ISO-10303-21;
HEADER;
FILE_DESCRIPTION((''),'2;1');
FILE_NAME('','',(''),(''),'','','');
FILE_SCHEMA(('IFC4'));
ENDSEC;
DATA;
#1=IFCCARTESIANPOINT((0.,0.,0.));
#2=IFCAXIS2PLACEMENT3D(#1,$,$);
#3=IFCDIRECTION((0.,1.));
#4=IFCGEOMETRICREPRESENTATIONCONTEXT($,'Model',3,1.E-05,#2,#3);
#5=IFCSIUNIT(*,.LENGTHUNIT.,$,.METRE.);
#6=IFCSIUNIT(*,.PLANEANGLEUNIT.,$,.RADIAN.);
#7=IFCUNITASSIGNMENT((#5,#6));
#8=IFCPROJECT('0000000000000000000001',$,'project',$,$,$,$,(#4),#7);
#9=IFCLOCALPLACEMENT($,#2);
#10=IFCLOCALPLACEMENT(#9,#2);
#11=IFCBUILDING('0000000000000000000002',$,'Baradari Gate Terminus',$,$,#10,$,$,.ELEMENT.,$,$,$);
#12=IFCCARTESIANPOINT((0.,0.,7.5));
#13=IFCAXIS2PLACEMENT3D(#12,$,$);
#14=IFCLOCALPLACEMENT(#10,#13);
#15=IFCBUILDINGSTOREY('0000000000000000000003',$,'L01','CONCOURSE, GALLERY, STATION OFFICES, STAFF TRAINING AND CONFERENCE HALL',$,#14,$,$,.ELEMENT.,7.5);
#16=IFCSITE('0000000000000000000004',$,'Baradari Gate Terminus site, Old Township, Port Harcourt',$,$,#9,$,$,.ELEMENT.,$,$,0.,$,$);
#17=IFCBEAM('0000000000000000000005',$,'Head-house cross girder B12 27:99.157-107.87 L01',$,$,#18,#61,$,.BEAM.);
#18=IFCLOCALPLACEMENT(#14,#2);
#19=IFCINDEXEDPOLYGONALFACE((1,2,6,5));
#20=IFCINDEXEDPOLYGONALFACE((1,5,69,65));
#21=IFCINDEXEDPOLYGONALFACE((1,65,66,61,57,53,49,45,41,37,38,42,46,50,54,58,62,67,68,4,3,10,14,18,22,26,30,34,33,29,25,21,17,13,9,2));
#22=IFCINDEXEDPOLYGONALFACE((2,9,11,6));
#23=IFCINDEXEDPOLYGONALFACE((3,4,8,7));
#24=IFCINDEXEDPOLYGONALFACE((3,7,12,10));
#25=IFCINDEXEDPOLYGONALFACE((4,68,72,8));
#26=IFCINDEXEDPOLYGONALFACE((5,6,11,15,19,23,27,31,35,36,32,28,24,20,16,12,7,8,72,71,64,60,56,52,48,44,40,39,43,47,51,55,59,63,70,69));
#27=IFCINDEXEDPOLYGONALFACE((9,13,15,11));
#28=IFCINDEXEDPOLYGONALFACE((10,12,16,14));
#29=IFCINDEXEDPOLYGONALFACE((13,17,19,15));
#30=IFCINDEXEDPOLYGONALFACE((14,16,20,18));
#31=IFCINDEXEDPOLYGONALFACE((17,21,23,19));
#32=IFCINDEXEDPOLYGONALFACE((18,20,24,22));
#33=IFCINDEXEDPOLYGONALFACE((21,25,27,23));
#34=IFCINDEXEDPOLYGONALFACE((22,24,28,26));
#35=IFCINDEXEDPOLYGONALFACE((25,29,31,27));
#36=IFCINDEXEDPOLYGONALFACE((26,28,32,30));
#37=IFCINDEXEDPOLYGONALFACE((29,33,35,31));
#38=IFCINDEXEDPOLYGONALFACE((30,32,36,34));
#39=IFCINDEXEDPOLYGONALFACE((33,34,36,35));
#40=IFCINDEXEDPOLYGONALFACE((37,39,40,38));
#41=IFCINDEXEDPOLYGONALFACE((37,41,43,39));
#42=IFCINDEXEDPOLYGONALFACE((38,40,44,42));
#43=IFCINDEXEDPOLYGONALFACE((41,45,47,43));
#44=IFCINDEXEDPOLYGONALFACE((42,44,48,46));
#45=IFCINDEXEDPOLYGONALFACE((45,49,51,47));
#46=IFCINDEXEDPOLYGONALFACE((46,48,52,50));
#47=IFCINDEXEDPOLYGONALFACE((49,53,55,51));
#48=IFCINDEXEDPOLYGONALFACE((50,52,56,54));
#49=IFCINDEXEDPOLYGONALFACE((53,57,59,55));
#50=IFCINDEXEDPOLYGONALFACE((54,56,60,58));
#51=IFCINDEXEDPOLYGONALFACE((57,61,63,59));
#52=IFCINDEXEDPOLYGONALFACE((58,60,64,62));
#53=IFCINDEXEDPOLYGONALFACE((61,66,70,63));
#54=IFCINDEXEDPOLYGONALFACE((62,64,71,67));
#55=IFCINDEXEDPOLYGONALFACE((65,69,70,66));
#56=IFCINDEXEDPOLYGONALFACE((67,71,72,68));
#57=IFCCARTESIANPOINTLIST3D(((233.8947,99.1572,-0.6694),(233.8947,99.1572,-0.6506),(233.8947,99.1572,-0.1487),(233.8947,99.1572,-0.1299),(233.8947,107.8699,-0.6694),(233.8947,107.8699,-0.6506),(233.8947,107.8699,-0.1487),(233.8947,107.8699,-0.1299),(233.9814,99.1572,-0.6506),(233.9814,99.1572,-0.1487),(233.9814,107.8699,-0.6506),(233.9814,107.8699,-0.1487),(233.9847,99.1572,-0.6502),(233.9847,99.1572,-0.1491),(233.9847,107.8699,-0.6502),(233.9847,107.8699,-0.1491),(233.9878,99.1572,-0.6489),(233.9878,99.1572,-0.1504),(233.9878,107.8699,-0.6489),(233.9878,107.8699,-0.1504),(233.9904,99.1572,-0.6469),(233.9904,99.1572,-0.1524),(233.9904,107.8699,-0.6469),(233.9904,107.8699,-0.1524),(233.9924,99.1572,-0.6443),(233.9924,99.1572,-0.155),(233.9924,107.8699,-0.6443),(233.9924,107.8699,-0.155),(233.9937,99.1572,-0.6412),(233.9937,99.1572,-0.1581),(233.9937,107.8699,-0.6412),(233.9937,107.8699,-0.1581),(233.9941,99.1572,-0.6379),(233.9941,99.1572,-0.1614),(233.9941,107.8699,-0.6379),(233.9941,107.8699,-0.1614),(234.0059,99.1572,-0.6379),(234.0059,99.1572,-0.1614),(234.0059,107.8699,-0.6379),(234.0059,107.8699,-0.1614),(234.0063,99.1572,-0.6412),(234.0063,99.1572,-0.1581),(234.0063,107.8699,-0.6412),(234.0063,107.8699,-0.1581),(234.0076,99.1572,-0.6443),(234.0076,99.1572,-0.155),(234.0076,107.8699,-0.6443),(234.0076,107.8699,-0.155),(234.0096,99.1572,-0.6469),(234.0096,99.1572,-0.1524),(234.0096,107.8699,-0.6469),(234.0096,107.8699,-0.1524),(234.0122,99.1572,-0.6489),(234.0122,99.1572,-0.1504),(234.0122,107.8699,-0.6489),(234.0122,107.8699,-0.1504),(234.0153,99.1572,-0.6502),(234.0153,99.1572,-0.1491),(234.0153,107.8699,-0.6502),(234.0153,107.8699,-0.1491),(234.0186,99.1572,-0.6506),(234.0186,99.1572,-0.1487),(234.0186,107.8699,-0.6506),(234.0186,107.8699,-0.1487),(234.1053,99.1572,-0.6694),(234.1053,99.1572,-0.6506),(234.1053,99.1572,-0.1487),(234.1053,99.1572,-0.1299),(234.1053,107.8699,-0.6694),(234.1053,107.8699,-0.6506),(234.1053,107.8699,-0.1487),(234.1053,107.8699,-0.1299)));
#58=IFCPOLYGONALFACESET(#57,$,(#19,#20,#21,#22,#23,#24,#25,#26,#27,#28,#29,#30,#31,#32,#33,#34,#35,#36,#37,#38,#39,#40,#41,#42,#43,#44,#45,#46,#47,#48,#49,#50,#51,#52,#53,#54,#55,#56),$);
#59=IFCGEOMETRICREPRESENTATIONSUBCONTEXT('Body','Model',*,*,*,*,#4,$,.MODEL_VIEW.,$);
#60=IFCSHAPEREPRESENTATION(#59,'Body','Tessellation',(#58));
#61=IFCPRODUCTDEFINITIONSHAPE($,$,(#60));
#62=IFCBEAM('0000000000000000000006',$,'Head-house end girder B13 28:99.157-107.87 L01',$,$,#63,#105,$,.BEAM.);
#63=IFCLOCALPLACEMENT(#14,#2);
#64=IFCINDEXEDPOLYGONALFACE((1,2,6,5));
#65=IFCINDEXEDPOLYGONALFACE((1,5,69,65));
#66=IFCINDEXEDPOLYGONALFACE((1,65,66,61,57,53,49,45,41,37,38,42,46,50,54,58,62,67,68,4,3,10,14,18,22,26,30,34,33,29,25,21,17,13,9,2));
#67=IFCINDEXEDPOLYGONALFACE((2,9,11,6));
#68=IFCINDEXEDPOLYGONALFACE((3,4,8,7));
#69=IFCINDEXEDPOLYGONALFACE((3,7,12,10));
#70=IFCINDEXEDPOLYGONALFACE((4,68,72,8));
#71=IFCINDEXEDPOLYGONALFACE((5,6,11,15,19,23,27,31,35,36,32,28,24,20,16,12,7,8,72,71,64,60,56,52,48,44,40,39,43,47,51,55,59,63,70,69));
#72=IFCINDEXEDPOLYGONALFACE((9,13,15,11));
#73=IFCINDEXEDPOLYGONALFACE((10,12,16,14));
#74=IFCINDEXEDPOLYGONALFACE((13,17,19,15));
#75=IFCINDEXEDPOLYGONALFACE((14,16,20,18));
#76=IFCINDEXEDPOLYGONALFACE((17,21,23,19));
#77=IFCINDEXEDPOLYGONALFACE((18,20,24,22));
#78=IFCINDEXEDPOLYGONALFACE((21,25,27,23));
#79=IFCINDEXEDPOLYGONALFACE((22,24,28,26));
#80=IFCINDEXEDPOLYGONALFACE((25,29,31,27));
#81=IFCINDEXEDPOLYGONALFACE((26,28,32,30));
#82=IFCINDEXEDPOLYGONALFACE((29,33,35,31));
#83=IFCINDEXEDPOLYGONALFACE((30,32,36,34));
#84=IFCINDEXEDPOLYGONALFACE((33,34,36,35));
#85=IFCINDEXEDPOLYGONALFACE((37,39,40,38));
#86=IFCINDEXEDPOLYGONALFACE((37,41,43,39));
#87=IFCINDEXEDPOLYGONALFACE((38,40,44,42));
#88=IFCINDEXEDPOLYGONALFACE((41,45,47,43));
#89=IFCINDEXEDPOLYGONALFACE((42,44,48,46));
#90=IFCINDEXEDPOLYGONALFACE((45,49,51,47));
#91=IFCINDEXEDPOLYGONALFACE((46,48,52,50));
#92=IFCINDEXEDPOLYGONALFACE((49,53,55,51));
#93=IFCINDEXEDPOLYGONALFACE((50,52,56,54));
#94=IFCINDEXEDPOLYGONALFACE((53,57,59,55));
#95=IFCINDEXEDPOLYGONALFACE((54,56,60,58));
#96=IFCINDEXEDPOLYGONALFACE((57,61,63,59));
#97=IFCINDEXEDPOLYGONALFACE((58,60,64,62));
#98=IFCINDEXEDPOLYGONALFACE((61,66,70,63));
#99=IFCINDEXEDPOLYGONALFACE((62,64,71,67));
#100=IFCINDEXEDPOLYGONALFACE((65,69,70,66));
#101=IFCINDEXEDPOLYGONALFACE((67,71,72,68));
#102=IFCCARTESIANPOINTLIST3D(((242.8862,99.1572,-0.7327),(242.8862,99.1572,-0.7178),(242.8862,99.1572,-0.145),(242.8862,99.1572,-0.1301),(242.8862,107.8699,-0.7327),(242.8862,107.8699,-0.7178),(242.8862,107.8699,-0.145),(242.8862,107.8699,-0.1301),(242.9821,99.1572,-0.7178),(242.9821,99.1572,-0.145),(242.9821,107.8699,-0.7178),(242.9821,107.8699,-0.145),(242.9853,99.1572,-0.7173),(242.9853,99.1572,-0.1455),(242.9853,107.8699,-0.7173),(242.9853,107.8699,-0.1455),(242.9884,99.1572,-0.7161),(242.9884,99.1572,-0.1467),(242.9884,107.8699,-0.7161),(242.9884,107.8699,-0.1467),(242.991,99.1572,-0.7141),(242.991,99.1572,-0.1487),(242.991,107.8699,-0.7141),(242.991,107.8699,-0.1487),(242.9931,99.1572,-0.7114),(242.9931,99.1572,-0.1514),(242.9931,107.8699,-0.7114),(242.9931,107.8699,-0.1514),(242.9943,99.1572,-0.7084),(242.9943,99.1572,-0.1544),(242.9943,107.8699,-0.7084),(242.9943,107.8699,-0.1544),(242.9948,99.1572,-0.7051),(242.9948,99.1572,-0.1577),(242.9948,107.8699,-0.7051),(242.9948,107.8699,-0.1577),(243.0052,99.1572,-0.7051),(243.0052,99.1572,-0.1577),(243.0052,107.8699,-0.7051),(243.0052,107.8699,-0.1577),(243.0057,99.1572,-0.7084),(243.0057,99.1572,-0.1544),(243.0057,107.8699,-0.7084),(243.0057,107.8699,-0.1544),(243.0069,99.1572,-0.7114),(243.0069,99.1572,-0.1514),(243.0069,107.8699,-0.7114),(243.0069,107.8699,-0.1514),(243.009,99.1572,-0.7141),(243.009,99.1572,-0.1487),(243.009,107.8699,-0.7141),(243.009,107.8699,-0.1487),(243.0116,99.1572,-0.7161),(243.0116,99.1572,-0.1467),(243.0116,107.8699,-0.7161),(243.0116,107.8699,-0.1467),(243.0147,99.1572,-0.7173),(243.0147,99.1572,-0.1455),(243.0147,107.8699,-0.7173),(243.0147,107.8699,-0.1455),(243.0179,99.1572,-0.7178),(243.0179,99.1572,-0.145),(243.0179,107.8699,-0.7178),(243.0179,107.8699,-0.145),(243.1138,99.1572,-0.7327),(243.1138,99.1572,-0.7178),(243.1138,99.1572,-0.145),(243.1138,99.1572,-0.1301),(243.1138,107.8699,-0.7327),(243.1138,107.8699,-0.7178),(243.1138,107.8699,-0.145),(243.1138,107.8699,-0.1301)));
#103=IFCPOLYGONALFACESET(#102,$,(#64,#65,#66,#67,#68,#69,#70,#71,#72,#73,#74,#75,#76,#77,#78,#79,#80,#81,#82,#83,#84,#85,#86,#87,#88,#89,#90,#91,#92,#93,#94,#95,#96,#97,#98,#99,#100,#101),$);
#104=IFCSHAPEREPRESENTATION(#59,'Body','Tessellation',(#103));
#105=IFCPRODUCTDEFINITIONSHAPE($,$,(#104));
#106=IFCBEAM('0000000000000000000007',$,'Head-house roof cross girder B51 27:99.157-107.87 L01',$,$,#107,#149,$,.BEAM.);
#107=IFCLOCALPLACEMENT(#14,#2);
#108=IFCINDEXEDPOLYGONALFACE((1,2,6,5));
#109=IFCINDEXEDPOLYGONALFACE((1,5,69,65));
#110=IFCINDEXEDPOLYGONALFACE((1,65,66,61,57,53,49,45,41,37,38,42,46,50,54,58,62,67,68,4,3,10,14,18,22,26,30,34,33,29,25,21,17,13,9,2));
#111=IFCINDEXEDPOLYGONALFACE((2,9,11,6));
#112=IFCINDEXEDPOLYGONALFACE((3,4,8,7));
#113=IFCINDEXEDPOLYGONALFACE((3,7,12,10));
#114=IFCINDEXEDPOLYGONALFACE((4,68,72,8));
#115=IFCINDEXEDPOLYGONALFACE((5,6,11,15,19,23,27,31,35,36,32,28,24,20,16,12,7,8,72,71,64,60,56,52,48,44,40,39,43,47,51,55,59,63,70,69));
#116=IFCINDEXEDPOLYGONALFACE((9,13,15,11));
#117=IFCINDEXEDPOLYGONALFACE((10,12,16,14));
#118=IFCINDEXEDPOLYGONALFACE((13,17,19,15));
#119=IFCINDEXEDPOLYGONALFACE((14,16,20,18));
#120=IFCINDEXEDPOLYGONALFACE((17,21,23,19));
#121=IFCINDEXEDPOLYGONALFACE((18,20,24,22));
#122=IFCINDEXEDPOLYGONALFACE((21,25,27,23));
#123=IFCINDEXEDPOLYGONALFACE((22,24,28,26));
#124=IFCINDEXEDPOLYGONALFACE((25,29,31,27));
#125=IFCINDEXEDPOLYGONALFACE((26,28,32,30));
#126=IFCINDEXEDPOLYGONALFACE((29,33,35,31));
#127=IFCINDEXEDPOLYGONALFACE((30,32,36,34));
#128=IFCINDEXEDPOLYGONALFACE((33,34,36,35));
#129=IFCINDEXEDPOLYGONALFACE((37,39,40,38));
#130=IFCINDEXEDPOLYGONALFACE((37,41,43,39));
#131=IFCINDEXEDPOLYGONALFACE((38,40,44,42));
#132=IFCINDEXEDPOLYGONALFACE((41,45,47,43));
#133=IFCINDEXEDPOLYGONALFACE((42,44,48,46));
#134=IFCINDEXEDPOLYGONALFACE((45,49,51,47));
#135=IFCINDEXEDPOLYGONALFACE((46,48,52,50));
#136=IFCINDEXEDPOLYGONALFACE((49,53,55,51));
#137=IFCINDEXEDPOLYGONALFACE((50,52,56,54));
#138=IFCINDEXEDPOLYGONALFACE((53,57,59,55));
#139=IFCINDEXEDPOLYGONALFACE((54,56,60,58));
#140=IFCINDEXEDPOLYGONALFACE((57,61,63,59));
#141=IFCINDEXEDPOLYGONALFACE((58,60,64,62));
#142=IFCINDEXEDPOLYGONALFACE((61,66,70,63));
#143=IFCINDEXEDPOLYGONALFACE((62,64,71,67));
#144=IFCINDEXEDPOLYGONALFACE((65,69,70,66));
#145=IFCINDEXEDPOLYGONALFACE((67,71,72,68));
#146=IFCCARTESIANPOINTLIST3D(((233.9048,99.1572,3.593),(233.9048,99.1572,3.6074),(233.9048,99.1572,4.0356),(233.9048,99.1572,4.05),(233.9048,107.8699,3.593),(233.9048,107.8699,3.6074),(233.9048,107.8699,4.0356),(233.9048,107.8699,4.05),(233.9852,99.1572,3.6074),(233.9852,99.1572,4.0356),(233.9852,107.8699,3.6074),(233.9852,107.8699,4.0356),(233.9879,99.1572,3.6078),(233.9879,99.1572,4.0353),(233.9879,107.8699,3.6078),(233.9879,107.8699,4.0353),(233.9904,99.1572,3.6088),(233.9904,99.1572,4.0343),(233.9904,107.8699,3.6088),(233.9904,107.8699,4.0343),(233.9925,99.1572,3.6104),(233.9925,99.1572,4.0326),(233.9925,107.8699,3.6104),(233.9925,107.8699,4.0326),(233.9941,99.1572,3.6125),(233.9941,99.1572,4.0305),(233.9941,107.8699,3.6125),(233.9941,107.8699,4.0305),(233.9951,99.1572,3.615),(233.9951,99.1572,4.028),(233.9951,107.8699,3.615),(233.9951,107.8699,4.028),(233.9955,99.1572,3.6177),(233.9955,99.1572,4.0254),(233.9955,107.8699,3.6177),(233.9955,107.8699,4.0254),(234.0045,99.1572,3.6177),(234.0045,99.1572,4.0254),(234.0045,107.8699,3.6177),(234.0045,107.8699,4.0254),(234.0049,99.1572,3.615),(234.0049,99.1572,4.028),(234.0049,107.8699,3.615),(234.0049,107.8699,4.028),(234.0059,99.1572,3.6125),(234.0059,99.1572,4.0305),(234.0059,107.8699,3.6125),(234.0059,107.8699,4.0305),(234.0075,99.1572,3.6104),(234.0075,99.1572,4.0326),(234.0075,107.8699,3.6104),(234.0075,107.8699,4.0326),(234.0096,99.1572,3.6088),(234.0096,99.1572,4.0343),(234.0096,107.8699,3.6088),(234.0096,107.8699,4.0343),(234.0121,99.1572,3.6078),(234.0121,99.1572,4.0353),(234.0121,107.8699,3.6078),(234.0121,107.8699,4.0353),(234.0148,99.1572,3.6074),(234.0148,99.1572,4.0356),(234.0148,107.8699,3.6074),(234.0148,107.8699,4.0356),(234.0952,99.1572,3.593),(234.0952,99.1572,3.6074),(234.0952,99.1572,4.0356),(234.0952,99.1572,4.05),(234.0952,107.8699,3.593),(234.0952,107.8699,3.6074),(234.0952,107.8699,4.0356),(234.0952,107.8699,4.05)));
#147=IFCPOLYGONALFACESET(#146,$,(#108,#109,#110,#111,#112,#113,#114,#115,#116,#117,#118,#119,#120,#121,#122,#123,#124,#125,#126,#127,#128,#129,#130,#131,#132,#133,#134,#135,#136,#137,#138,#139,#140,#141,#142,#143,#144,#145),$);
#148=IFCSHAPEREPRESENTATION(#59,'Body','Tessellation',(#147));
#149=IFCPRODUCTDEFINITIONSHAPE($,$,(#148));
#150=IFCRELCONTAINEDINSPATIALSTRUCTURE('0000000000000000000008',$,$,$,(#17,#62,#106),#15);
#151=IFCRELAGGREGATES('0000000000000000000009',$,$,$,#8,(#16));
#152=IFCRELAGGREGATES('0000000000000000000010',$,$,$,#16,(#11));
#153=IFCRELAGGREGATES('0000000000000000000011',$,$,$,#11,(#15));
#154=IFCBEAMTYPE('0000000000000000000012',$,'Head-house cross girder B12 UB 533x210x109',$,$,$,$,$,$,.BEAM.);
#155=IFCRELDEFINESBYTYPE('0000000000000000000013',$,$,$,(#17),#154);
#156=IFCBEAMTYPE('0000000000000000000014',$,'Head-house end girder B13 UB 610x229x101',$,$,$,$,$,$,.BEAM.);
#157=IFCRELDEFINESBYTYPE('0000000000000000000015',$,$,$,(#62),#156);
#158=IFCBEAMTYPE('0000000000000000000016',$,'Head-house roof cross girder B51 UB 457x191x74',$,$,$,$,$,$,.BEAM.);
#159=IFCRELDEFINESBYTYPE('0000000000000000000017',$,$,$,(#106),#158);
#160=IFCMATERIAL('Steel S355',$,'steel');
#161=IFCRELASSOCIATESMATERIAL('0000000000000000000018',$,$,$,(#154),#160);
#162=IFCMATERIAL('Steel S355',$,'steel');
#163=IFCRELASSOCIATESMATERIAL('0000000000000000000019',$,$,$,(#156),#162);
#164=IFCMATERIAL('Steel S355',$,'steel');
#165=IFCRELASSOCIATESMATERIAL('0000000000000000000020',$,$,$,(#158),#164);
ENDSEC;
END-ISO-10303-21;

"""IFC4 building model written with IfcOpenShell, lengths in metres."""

from ifc_helpers import new_model, si_unit, direction, frame, origin, origin_2d, place, context, subcontext, project, spatial, i_section, extrude, material, material_profile, profile_set, type_object, element, save


model = new_model("IFC4")

# Units and contexts
model_context = context("Model", 3, precision=1e-05, world=origin(), true_north=direction((0.0, 1.0)))
body_context = subcontext(model_context, "Body", "Model", "MODEL_VIEW")
ifc_project = project(units=[si_unit("LENGTHUNIT", "METRE"), si_unit("PLANEANGLEUNIT", "RADIAN")], contexts=[model_context])

# Site, building, storey
site_placement = place(None, origin())
site = spatial("IfcSite", under=ifc_project, at=site_placement, Name="Baradari Gate Terminus site, Old Township, Port Harcourt", CompositionType="ELEMENT", RefElevation=0.0)
building_placement = place(site_placement, origin())
building = spatial("IfcBuilding", under=site, at=building_placement, Name="Baradari Gate Terminus", CompositionType="ELEMENT")
storey_placement = place(building_placement, frame((0.0, 0.0, 7.5)))
storey = spatial("IfcBuildingStorey", under=building, at=storey_placement, Name="L01", Description="CONCOURSE, GALLERY, STATION OFFICES, STAFF TRAINING AND CONFERENCE HALL", CompositionType="ELEMENT", Elevation=7.5)

# Beams
ifc_material_1 = material(Name="Steel S355", Category="steel")
ifc_material_profile_1 = material_profile(ifc_material_1, i_section(OverallWidth=0.2107, OverallDepth=0.5396, WebThickness=0.0117, FlangeThickness=0.0188, FilletRadius=0.0127, at=origin_2d()), Name="UB 533x210x109")
ifc_profile_set_1 = profile_set([ifc_material_profile_1], Name="Steel S355")
beam_type_1 = type_object("IfcBeamType", Name="Head-house cross girder B12 UB 533x210x109", PredefinedType="BEAM", material=ifc_profile_set_1)
beam_1_placement = place(storey_placement, frame((234.0, 99.1572, -0.3997), z_axis=(0.0, 1.0, 0.0), x_axis=(-1.0, 0.0, 0.0)))
element("IfcBeam", 1, at=beam_1_placement, inside=storey, type_object=beam_type_1, Name="Head-house cross girder B12 27:99.157-107.87 L01", PredefinedType="BEAM", context=body_context, shape_type="SweptSolid", body=[
    extrude(i_section(OverallWidth=0.2107, OverallDepth=0.5396, WebThickness=0.0117, FlangeThickness=0.0188, FilletRadius=0.0127, at=origin_2d()), origin(), (0.0, 0.0, 1.0), 8.7126),
])
ifc_material_2 = material(Name="Steel S355", Category="steel")
ifc_material_profile_2 = material_profile(ifc_material_2, i_section(OverallWidth=0.2275, OverallDepth=0.6025, WebThickness=0.0105, FlangeThickness=0.0149, FilletRadius=0.0127, at=origin_2d()), Name="UB 610x229x101")
ifc_profile_set_2 = profile_set([ifc_material_profile_2], Name="Steel S355")
beam_type_2 = type_object("IfcBeamType", Name="Head-house end girder B13 UB 610x229x101", PredefinedType="BEAM", material=ifc_profile_set_2)
beam_2_placement = place(storey_placement, frame((243.0, 99.1572, -0.4314), z_axis=(0.0, 1.0, 0.0), x_axis=(-1.0, 0.0, 0.0)))
element("IfcBeam", 2, at=beam_2_placement, inside=storey, type_object=beam_type_2, Name="Head-house end girder B13 28:99.157-107.87 L01", PredefinedType="BEAM", context=body_context, shape_type="SweptSolid", body=[
    extrude(i_section(OverallWidth=0.2275, OverallDepth=0.6025, WebThickness=0.0105, FlangeThickness=0.0149, FilletRadius=0.0127, at=origin_2d()), origin(), (0.0, 0.0, 1.0), 8.7126),
])
ifc_material_3 = material(Name="Steel S355", Category="steel")
ifc_material_profile_3 = material_profile(ifc_material_3, i_section(OverallWidth=0.1904, OverallDepth=0.457, WebThickness=0.009, FlangeThickness=0.0144, FilletRadius=0.0103, at=origin_2d()), Name="UB 457x191x74")
ifc_profile_set_3 = profile_set([ifc_material_profile_3], Name="Steel S355")
beam_type_3 = type_object("IfcBeamType", Name="Head-house roof cross girder B51 UB 457x191x74", PredefinedType="BEAM", material=ifc_profile_set_3)
beam_3_placement = place(storey_placement, frame((234.0, 99.1572, 3.8215), z_axis=(0.0, 1.0, 0.0), x_axis=(-1.0, 0.0, 0.0)))
element("IfcBeam", 3, at=beam_3_placement, inside=storey, type_object=beam_type_3, Name="Head-house roof cross girder B51 27:99.157-107.87 L01", PredefinedType="BEAM", context=body_context, shape_type="SweptSolid", body=[
    extrude(i_section(OverallWidth=0.1904, OverallDepth=0.457, WebThickness=0.009, FlangeThickness=0.0144, FilletRadius=0.0103, at=origin_2d()), origin(), (0.0, 0.0, 1.0), 8.7126),
])

save(model, "model.ifc")
